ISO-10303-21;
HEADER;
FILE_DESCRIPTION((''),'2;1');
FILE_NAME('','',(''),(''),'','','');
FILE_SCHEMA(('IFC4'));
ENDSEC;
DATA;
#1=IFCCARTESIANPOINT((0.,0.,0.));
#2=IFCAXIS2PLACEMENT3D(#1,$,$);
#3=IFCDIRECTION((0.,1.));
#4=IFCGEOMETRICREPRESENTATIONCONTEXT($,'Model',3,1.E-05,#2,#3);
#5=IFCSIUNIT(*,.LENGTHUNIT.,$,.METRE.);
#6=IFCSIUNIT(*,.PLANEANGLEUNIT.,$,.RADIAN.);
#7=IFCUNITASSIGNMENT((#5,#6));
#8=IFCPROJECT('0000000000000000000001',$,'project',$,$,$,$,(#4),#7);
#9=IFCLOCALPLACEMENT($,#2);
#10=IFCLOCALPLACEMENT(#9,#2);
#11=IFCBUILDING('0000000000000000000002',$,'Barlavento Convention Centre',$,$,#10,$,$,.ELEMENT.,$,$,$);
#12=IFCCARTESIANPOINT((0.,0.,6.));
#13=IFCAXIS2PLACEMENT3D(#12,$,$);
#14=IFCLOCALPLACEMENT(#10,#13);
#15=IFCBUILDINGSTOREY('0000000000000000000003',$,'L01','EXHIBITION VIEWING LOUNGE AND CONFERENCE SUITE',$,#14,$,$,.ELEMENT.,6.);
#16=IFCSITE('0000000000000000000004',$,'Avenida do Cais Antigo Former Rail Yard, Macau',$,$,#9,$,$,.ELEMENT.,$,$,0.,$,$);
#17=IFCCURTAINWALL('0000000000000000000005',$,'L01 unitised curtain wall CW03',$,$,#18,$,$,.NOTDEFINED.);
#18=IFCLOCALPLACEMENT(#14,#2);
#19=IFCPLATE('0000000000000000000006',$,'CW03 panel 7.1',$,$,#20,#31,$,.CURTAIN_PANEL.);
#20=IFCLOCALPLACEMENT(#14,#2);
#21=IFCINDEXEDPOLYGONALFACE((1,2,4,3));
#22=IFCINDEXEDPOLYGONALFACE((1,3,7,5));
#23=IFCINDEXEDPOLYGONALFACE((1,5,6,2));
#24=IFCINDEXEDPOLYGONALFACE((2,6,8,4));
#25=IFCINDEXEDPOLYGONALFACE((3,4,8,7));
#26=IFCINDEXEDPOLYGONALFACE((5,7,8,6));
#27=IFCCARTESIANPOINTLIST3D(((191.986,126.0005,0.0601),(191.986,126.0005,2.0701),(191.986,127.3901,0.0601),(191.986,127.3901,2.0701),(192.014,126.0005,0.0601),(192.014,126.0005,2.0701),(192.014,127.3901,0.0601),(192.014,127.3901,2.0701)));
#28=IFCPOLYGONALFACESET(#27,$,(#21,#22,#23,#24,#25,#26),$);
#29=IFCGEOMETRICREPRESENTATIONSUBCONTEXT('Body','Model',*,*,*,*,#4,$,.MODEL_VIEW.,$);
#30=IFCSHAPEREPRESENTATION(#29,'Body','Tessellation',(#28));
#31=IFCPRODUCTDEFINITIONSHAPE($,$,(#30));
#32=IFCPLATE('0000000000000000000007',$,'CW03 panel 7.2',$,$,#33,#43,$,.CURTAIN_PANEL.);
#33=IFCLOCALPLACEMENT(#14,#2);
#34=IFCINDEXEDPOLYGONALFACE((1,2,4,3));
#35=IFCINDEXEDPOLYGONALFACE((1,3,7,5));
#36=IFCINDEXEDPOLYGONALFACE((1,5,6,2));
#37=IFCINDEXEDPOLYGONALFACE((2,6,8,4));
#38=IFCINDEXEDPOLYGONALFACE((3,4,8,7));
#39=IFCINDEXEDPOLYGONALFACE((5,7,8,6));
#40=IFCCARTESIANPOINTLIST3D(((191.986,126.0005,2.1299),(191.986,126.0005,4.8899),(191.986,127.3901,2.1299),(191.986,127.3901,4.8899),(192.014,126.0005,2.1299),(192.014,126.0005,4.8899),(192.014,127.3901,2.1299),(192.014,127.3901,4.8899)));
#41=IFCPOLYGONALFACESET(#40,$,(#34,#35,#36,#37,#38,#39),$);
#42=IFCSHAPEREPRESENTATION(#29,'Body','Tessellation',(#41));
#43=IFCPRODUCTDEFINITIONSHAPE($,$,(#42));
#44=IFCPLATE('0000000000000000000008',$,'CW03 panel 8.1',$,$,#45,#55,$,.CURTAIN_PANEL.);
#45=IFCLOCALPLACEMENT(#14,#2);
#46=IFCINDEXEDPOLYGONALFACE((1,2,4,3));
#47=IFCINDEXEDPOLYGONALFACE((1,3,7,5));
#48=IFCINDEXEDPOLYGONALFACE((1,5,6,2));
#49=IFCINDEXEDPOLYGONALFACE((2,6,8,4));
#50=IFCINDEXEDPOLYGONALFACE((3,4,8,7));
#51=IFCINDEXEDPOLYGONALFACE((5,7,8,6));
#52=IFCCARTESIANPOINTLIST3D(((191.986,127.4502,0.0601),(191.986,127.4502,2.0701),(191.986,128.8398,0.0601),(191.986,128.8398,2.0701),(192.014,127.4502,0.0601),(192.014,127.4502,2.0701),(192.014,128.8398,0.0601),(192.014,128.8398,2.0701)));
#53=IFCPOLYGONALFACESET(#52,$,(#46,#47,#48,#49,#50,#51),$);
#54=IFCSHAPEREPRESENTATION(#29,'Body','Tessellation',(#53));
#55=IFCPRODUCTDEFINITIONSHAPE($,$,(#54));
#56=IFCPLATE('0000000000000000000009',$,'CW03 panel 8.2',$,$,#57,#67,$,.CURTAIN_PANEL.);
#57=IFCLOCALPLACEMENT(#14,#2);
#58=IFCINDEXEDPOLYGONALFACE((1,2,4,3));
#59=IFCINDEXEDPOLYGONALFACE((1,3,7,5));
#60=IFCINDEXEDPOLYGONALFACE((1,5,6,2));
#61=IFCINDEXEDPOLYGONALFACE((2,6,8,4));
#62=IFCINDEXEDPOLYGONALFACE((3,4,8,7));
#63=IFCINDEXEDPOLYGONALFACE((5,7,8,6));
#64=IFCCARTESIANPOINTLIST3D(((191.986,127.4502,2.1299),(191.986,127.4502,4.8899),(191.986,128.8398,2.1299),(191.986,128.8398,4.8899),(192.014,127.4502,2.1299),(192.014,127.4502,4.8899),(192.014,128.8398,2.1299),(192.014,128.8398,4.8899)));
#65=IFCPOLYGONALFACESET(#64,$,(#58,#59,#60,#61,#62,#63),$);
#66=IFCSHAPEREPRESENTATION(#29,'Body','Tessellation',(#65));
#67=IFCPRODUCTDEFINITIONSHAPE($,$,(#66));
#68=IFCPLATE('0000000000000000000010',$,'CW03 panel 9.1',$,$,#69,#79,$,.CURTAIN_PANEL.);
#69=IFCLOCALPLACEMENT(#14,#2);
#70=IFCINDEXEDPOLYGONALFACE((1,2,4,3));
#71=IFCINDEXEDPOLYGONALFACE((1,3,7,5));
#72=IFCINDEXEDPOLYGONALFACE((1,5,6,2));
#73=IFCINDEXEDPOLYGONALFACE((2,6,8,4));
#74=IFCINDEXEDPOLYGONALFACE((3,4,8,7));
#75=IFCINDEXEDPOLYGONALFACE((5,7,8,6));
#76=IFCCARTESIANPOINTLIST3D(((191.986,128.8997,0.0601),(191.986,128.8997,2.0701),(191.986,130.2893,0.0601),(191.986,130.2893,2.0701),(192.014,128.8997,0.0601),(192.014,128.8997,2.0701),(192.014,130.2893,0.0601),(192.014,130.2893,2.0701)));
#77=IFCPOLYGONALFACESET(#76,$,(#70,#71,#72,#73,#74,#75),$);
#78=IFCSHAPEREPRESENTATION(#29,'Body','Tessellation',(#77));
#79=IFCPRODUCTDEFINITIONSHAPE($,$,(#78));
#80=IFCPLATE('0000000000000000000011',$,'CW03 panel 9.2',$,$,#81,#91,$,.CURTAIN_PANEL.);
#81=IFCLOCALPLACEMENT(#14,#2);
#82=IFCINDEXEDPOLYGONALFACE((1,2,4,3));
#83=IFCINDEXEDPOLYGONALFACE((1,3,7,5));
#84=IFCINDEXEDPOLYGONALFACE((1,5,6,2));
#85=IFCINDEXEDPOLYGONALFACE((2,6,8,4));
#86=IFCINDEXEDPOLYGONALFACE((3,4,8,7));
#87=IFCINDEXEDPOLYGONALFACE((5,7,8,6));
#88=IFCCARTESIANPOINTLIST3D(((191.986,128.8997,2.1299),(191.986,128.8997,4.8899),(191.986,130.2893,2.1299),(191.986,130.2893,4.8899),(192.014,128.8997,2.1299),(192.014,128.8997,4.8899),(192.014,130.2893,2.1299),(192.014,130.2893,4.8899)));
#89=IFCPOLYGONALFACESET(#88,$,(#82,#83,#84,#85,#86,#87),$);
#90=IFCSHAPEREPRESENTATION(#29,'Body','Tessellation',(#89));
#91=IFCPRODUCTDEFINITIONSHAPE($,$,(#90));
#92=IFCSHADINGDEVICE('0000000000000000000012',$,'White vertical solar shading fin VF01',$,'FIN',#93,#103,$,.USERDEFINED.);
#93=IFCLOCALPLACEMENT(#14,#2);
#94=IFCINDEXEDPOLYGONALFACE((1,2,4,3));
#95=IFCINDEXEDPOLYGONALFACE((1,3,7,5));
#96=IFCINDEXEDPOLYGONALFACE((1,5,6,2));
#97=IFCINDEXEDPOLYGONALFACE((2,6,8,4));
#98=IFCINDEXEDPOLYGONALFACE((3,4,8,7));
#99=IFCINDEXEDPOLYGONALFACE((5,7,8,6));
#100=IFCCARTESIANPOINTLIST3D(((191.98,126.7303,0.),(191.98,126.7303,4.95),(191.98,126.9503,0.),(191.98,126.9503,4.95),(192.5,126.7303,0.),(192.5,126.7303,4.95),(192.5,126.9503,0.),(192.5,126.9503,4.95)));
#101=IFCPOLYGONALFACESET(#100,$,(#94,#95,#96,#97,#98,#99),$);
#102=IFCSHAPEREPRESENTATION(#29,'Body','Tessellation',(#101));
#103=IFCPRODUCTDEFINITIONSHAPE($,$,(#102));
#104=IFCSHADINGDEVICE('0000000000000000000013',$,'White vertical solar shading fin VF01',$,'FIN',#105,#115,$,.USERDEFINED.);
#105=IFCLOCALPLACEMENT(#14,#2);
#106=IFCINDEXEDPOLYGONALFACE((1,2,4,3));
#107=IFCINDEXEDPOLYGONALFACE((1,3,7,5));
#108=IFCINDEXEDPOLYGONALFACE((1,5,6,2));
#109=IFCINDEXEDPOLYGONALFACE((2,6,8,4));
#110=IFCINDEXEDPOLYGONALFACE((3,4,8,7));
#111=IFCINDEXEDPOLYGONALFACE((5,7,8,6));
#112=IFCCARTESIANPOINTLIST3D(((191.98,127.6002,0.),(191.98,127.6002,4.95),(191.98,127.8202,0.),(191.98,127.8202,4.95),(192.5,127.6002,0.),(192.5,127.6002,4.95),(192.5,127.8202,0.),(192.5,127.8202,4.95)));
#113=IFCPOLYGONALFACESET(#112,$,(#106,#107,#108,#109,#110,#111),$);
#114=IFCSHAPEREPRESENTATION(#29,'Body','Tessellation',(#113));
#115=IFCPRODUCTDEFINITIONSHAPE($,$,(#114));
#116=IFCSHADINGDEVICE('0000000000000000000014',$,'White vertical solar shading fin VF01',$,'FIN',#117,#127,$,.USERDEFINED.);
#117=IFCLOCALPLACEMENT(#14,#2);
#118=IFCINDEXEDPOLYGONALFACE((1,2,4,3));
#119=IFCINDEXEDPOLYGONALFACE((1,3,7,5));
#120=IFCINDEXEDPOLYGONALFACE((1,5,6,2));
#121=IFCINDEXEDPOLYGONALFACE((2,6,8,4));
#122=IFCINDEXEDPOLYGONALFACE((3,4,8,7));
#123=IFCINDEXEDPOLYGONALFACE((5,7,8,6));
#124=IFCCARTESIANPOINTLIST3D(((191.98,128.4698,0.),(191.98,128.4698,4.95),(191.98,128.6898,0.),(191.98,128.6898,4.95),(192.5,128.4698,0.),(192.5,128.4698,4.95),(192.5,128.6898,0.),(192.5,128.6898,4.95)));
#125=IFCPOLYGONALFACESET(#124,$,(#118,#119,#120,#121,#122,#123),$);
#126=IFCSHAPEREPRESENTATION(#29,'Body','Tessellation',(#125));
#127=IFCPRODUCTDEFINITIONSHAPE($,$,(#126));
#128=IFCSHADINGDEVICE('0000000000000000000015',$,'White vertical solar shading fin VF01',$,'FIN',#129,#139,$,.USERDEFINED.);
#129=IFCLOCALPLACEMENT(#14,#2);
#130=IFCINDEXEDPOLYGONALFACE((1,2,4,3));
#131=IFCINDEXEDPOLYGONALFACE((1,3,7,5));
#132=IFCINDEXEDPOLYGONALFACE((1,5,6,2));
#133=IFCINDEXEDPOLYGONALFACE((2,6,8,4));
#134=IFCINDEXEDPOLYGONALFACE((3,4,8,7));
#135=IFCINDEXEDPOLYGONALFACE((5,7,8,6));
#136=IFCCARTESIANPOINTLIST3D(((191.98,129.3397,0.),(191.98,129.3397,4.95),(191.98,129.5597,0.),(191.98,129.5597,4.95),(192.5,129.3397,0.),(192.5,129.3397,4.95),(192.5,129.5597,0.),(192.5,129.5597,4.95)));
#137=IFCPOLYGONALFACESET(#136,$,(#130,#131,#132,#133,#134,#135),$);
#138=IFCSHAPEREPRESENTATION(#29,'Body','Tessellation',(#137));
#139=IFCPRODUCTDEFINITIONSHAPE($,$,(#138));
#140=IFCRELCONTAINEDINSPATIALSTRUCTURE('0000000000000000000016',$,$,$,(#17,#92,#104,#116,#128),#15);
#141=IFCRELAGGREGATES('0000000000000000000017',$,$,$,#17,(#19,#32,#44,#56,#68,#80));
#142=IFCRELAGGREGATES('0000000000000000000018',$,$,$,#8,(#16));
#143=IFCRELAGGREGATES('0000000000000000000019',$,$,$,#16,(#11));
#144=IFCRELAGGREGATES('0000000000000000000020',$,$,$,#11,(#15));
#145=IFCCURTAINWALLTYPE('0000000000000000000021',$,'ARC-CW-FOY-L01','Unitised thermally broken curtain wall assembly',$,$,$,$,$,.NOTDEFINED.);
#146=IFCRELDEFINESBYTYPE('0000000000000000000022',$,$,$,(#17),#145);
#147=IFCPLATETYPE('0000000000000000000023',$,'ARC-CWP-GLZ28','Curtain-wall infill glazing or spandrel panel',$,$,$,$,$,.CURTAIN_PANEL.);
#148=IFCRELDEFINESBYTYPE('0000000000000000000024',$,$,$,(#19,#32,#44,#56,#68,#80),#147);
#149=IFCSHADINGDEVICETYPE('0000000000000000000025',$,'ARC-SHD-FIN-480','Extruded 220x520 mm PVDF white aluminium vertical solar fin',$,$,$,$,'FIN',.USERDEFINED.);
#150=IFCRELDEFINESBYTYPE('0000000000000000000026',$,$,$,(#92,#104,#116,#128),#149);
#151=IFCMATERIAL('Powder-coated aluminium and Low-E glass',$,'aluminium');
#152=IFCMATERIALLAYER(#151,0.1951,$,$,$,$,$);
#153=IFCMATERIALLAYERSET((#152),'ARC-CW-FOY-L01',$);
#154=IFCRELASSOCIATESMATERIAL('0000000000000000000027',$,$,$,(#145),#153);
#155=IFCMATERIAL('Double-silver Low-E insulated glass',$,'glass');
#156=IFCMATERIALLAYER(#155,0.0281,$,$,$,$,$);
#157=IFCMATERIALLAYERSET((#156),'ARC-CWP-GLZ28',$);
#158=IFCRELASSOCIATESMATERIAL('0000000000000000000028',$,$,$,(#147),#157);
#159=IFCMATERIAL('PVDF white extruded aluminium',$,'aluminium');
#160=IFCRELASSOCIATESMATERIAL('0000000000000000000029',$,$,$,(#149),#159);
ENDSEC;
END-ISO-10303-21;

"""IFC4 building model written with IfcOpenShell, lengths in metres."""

from ifc_helpers import new_model, si_unit, direction, frame, origin, origin_2d, place, context, subcontext, project, spatial, rectangle, extrude, material, layer, layer_set, type_object, element, aggregate, save


model = new_model("IFC4")

# Units and contexts
model_context = context("Model", 3, precision=1e-05, world=origin(), true_north=direction((0.0, 1.0)))
body_context = subcontext(model_context, "Body", "Model", "MODEL_VIEW")
ifc_project = project(units=[si_unit("LENGTHUNIT", "METRE"), si_unit("PLANEANGLEUNIT", "RADIAN")], contexts=[model_context])

# Site, building, storey
site_placement = place(None, origin())
site = spatial("IfcSite", under=ifc_project, at=site_placement, Name="Avenida do Cais Antigo Former Rail Yard, Macau", CompositionType="ELEMENT", RefElevation=0.0)
building_placement = place(site_placement, origin())
building = spatial("IfcBuilding", under=site, at=building_placement, Name="Barlavento Convention Centre", CompositionType="ELEMENT")
storey_placement = place(building_placement, frame((0.0, 0.0, 6.0)))
storey = spatial("IfcBuildingStorey", under=building, at=storey_placement, Name="L01", Description="EXHIBITION VIEWING LOUNGE AND CONFERENCE SUITE", CompositionType="ELEMENT", Elevation=6.0)

# Curtain wall, plates
ifc_material_1 = material(Name="Powder-coated aluminium and Low-E glass", Category="aluminium")
ifc_layer_1 = layer(ifc_material_1, 0.1951)
ifc_layer_set_1 = layer_set([ifc_layer_1], Name="ARC-CW-FOY-L01")
curtain_wall_type = type_object("IfcCurtainWallType", Name="ARC-CW-FOY-L01", Description="Unitised thermally broken curtain wall assembly", PredefinedType="NOTDEFINED", material=ifc_layer_set_1)
curtain_wall_placement = place(storey_placement, origin())
curtain_wall = element("IfcCurtainWall", 1, at=curtain_wall_placement, inside=storey, type_object=curtain_wall_type, Name="L01 unitised curtain wall CW03", PredefinedType="NOTDEFINED")
ifc_material_2 = material(Name="Double-silver Low-E insulated glass", Category="glass")
ifc_layer_2 = layer(ifc_material_2, 0.0281)
ifc_layer_set_2 = layer_set([ifc_layer_2], Name="ARC-CWP-GLZ28")
plate_type = type_object("IfcPlateType", Name="ARC-CWP-GLZ28", Description="Curtain-wall infill glazing or spandrel panel", PredefinedType="CURTAIN_PANEL", material=ifc_layer_set_2)
plate_1_placement = place(storey_placement, frame((192.0, 126.6953, 0.0601), z_axis=(0.0, 0.0, 1.0), x_axis=(0.0, 1.0, 0.0)))
plate_1 = element("IfcPlate", 2, at=plate_1_placement, type_object=plate_type, Name="CW03 panel 7.1", PredefinedType="CURTAIN_PANEL", context=body_context, shape_type="SweptSolid", body=[
    extrude(rectangle(XDim=1.3896, YDim=0.0281, at=origin_2d()), origin(), (0.0, 0.0, 1.0), 2.01),
])
plate_2_placement = place(storey_placement, frame((192.0, 126.6953, 2.1299), z_axis=(0.0, 0.0, 1.0), x_axis=(0.0, 1.0, 0.0)))
plate_2 = element("IfcPlate", 3, at=plate_2_placement, type_object=plate_type, Name="CW03 panel 7.2", PredefinedType="CURTAIN_PANEL", context=body_context, shape_type="SweptSolid", body=[
    extrude(rectangle(XDim=1.3896, YDim=0.0281, at=origin_2d()), origin(), (0.0, 0.0, 1.0), 2.76),
])
plate_3_placement = place(storey_placement, frame((192.0, 128.145, 0.0601), z_axis=(0.0, 0.0, 1.0), x_axis=(0.0, 1.0, 0.0)))
plate_3 = element("IfcPlate", 4, at=plate_3_placement, type_object=plate_type, Name="CW03 panel 8.1", PredefinedType="CURTAIN_PANEL", context=body_context, shape_type="SweptSolid", body=[
    extrude(rectangle(XDim=1.3896, YDim=0.0281, at=origin_2d()), origin(), (0.0, 0.0, 1.0), 2.01),
])
plate_4_placement = place(storey_placement, frame((192.0, 128.145, 2.1299), z_axis=(0.0, 0.0, 1.0), x_axis=(0.0, 1.0, 0.0)))
plate_4 = element("IfcPlate", 5, at=plate_4_placement, type_object=plate_type, Name="CW03 panel 8.2", PredefinedType="CURTAIN_PANEL", context=body_context, shape_type="SweptSolid", body=[
    extrude(rectangle(XDim=1.3896, YDim=0.0281, at=origin_2d()), origin(), (0.0, 0.0, 1.0), 2.76),
])
plate_5_placement = place(storey_placement, frame((192.0, 129.5945, 0.0601), z_axis=(0.0, 0.0, 1.0), x_axis=(0.0, 1.0, 0.0)))
plate_5 = element("IfcPlate", 6, at=plate_5_placement, type_object=plate_type, Name="CW03 panel 9.1", PredefinedType="CURTAIN_PANEL", context=body_context, shape_type="SweptSolid", body=[
    extrude(rectangle(XDim=1.3896, YDim=0.0281, at=origin_2d()), origin(), (0.0, 0.0, 1.0), 2.01),
])
plate_6_placement = place(storey_placement, frame((192.0, 129.5945, 2.1299), z_axis=(0.0, 0.0, 1.0), x_axis=(0.0, 1.0, 0.0)))
plate_6 = element("IfcPlate", 7, at=plate_6_placement, type_object=plate_type, Name="CW03 panel 9.2", PredefinedType="CURTAIN_PANEL", context=body_context, shape_type="SweptSolid", body=[
    extrude(rectangle(XDim=1.3896, YDim=0.0281, at=origin_2d()), origin(), (0.0, 0.0, 1.0), 2.76),
])
aggregate(curtain_wall, [plate_1, plate_2, plate_3, plate_4, plate_5, plate_6])

# Shading devices
ifc_material_3 = material(Name="PVDF white extruded aluminium", Category="aluminium")
shading_device_type = type_object("IfcShadingDeviceType", Name="ARC-SHD-FIN-480", Description="Extruded 220x520 mm PVDF white aluminium vertical solar fin", ElementType="FIN", PredefinedType="USERDEFINED", material=ifc_material_3)
for number, where, z_axis, x_axis, name in (
    (8, (192.24, 126.8403, 0.0), (0.0, 0.0, 1.0), (0.0, 1.0, 0.0), "White vertical solar shading fin VF01"),
    (9, (192.24, 127.7102, 0.0), (0.0, 0.0, 1.0), (0.0, 1.0, 0.0), "White vertical solar shading fin VF01"),
    (10, (192.24, 128.5798, 0.0), (0.0, 0.0, 1.0), (0.0, 1.0, 0.0), "White vertical solar shading fin VF01"),
    (11, (192.24, 129.4497, 0.0), (0.0, 0.0, 1.0), (0.0, 1.0, 0.0), "White vertical solar shading fin VF01"),
):
    element("IfcShadingDevice", number, at=place(storey_placement, frame(where, z_axis=z_axis, x_axis=x_axis)), inside=storey, type_object=shading_device_type, Name=name, ObjectType="FIN", PredefinedType="USERDEFINED", context=body_context, shape_type="SweptSolid", body=[
        extrude(rectangle(XDim=0.22, YDim=0.52, at=origin_2d()), origin(), (0.0, 0.0, 1.0), 4.95),
    ])

save(model, "model.ifc")
